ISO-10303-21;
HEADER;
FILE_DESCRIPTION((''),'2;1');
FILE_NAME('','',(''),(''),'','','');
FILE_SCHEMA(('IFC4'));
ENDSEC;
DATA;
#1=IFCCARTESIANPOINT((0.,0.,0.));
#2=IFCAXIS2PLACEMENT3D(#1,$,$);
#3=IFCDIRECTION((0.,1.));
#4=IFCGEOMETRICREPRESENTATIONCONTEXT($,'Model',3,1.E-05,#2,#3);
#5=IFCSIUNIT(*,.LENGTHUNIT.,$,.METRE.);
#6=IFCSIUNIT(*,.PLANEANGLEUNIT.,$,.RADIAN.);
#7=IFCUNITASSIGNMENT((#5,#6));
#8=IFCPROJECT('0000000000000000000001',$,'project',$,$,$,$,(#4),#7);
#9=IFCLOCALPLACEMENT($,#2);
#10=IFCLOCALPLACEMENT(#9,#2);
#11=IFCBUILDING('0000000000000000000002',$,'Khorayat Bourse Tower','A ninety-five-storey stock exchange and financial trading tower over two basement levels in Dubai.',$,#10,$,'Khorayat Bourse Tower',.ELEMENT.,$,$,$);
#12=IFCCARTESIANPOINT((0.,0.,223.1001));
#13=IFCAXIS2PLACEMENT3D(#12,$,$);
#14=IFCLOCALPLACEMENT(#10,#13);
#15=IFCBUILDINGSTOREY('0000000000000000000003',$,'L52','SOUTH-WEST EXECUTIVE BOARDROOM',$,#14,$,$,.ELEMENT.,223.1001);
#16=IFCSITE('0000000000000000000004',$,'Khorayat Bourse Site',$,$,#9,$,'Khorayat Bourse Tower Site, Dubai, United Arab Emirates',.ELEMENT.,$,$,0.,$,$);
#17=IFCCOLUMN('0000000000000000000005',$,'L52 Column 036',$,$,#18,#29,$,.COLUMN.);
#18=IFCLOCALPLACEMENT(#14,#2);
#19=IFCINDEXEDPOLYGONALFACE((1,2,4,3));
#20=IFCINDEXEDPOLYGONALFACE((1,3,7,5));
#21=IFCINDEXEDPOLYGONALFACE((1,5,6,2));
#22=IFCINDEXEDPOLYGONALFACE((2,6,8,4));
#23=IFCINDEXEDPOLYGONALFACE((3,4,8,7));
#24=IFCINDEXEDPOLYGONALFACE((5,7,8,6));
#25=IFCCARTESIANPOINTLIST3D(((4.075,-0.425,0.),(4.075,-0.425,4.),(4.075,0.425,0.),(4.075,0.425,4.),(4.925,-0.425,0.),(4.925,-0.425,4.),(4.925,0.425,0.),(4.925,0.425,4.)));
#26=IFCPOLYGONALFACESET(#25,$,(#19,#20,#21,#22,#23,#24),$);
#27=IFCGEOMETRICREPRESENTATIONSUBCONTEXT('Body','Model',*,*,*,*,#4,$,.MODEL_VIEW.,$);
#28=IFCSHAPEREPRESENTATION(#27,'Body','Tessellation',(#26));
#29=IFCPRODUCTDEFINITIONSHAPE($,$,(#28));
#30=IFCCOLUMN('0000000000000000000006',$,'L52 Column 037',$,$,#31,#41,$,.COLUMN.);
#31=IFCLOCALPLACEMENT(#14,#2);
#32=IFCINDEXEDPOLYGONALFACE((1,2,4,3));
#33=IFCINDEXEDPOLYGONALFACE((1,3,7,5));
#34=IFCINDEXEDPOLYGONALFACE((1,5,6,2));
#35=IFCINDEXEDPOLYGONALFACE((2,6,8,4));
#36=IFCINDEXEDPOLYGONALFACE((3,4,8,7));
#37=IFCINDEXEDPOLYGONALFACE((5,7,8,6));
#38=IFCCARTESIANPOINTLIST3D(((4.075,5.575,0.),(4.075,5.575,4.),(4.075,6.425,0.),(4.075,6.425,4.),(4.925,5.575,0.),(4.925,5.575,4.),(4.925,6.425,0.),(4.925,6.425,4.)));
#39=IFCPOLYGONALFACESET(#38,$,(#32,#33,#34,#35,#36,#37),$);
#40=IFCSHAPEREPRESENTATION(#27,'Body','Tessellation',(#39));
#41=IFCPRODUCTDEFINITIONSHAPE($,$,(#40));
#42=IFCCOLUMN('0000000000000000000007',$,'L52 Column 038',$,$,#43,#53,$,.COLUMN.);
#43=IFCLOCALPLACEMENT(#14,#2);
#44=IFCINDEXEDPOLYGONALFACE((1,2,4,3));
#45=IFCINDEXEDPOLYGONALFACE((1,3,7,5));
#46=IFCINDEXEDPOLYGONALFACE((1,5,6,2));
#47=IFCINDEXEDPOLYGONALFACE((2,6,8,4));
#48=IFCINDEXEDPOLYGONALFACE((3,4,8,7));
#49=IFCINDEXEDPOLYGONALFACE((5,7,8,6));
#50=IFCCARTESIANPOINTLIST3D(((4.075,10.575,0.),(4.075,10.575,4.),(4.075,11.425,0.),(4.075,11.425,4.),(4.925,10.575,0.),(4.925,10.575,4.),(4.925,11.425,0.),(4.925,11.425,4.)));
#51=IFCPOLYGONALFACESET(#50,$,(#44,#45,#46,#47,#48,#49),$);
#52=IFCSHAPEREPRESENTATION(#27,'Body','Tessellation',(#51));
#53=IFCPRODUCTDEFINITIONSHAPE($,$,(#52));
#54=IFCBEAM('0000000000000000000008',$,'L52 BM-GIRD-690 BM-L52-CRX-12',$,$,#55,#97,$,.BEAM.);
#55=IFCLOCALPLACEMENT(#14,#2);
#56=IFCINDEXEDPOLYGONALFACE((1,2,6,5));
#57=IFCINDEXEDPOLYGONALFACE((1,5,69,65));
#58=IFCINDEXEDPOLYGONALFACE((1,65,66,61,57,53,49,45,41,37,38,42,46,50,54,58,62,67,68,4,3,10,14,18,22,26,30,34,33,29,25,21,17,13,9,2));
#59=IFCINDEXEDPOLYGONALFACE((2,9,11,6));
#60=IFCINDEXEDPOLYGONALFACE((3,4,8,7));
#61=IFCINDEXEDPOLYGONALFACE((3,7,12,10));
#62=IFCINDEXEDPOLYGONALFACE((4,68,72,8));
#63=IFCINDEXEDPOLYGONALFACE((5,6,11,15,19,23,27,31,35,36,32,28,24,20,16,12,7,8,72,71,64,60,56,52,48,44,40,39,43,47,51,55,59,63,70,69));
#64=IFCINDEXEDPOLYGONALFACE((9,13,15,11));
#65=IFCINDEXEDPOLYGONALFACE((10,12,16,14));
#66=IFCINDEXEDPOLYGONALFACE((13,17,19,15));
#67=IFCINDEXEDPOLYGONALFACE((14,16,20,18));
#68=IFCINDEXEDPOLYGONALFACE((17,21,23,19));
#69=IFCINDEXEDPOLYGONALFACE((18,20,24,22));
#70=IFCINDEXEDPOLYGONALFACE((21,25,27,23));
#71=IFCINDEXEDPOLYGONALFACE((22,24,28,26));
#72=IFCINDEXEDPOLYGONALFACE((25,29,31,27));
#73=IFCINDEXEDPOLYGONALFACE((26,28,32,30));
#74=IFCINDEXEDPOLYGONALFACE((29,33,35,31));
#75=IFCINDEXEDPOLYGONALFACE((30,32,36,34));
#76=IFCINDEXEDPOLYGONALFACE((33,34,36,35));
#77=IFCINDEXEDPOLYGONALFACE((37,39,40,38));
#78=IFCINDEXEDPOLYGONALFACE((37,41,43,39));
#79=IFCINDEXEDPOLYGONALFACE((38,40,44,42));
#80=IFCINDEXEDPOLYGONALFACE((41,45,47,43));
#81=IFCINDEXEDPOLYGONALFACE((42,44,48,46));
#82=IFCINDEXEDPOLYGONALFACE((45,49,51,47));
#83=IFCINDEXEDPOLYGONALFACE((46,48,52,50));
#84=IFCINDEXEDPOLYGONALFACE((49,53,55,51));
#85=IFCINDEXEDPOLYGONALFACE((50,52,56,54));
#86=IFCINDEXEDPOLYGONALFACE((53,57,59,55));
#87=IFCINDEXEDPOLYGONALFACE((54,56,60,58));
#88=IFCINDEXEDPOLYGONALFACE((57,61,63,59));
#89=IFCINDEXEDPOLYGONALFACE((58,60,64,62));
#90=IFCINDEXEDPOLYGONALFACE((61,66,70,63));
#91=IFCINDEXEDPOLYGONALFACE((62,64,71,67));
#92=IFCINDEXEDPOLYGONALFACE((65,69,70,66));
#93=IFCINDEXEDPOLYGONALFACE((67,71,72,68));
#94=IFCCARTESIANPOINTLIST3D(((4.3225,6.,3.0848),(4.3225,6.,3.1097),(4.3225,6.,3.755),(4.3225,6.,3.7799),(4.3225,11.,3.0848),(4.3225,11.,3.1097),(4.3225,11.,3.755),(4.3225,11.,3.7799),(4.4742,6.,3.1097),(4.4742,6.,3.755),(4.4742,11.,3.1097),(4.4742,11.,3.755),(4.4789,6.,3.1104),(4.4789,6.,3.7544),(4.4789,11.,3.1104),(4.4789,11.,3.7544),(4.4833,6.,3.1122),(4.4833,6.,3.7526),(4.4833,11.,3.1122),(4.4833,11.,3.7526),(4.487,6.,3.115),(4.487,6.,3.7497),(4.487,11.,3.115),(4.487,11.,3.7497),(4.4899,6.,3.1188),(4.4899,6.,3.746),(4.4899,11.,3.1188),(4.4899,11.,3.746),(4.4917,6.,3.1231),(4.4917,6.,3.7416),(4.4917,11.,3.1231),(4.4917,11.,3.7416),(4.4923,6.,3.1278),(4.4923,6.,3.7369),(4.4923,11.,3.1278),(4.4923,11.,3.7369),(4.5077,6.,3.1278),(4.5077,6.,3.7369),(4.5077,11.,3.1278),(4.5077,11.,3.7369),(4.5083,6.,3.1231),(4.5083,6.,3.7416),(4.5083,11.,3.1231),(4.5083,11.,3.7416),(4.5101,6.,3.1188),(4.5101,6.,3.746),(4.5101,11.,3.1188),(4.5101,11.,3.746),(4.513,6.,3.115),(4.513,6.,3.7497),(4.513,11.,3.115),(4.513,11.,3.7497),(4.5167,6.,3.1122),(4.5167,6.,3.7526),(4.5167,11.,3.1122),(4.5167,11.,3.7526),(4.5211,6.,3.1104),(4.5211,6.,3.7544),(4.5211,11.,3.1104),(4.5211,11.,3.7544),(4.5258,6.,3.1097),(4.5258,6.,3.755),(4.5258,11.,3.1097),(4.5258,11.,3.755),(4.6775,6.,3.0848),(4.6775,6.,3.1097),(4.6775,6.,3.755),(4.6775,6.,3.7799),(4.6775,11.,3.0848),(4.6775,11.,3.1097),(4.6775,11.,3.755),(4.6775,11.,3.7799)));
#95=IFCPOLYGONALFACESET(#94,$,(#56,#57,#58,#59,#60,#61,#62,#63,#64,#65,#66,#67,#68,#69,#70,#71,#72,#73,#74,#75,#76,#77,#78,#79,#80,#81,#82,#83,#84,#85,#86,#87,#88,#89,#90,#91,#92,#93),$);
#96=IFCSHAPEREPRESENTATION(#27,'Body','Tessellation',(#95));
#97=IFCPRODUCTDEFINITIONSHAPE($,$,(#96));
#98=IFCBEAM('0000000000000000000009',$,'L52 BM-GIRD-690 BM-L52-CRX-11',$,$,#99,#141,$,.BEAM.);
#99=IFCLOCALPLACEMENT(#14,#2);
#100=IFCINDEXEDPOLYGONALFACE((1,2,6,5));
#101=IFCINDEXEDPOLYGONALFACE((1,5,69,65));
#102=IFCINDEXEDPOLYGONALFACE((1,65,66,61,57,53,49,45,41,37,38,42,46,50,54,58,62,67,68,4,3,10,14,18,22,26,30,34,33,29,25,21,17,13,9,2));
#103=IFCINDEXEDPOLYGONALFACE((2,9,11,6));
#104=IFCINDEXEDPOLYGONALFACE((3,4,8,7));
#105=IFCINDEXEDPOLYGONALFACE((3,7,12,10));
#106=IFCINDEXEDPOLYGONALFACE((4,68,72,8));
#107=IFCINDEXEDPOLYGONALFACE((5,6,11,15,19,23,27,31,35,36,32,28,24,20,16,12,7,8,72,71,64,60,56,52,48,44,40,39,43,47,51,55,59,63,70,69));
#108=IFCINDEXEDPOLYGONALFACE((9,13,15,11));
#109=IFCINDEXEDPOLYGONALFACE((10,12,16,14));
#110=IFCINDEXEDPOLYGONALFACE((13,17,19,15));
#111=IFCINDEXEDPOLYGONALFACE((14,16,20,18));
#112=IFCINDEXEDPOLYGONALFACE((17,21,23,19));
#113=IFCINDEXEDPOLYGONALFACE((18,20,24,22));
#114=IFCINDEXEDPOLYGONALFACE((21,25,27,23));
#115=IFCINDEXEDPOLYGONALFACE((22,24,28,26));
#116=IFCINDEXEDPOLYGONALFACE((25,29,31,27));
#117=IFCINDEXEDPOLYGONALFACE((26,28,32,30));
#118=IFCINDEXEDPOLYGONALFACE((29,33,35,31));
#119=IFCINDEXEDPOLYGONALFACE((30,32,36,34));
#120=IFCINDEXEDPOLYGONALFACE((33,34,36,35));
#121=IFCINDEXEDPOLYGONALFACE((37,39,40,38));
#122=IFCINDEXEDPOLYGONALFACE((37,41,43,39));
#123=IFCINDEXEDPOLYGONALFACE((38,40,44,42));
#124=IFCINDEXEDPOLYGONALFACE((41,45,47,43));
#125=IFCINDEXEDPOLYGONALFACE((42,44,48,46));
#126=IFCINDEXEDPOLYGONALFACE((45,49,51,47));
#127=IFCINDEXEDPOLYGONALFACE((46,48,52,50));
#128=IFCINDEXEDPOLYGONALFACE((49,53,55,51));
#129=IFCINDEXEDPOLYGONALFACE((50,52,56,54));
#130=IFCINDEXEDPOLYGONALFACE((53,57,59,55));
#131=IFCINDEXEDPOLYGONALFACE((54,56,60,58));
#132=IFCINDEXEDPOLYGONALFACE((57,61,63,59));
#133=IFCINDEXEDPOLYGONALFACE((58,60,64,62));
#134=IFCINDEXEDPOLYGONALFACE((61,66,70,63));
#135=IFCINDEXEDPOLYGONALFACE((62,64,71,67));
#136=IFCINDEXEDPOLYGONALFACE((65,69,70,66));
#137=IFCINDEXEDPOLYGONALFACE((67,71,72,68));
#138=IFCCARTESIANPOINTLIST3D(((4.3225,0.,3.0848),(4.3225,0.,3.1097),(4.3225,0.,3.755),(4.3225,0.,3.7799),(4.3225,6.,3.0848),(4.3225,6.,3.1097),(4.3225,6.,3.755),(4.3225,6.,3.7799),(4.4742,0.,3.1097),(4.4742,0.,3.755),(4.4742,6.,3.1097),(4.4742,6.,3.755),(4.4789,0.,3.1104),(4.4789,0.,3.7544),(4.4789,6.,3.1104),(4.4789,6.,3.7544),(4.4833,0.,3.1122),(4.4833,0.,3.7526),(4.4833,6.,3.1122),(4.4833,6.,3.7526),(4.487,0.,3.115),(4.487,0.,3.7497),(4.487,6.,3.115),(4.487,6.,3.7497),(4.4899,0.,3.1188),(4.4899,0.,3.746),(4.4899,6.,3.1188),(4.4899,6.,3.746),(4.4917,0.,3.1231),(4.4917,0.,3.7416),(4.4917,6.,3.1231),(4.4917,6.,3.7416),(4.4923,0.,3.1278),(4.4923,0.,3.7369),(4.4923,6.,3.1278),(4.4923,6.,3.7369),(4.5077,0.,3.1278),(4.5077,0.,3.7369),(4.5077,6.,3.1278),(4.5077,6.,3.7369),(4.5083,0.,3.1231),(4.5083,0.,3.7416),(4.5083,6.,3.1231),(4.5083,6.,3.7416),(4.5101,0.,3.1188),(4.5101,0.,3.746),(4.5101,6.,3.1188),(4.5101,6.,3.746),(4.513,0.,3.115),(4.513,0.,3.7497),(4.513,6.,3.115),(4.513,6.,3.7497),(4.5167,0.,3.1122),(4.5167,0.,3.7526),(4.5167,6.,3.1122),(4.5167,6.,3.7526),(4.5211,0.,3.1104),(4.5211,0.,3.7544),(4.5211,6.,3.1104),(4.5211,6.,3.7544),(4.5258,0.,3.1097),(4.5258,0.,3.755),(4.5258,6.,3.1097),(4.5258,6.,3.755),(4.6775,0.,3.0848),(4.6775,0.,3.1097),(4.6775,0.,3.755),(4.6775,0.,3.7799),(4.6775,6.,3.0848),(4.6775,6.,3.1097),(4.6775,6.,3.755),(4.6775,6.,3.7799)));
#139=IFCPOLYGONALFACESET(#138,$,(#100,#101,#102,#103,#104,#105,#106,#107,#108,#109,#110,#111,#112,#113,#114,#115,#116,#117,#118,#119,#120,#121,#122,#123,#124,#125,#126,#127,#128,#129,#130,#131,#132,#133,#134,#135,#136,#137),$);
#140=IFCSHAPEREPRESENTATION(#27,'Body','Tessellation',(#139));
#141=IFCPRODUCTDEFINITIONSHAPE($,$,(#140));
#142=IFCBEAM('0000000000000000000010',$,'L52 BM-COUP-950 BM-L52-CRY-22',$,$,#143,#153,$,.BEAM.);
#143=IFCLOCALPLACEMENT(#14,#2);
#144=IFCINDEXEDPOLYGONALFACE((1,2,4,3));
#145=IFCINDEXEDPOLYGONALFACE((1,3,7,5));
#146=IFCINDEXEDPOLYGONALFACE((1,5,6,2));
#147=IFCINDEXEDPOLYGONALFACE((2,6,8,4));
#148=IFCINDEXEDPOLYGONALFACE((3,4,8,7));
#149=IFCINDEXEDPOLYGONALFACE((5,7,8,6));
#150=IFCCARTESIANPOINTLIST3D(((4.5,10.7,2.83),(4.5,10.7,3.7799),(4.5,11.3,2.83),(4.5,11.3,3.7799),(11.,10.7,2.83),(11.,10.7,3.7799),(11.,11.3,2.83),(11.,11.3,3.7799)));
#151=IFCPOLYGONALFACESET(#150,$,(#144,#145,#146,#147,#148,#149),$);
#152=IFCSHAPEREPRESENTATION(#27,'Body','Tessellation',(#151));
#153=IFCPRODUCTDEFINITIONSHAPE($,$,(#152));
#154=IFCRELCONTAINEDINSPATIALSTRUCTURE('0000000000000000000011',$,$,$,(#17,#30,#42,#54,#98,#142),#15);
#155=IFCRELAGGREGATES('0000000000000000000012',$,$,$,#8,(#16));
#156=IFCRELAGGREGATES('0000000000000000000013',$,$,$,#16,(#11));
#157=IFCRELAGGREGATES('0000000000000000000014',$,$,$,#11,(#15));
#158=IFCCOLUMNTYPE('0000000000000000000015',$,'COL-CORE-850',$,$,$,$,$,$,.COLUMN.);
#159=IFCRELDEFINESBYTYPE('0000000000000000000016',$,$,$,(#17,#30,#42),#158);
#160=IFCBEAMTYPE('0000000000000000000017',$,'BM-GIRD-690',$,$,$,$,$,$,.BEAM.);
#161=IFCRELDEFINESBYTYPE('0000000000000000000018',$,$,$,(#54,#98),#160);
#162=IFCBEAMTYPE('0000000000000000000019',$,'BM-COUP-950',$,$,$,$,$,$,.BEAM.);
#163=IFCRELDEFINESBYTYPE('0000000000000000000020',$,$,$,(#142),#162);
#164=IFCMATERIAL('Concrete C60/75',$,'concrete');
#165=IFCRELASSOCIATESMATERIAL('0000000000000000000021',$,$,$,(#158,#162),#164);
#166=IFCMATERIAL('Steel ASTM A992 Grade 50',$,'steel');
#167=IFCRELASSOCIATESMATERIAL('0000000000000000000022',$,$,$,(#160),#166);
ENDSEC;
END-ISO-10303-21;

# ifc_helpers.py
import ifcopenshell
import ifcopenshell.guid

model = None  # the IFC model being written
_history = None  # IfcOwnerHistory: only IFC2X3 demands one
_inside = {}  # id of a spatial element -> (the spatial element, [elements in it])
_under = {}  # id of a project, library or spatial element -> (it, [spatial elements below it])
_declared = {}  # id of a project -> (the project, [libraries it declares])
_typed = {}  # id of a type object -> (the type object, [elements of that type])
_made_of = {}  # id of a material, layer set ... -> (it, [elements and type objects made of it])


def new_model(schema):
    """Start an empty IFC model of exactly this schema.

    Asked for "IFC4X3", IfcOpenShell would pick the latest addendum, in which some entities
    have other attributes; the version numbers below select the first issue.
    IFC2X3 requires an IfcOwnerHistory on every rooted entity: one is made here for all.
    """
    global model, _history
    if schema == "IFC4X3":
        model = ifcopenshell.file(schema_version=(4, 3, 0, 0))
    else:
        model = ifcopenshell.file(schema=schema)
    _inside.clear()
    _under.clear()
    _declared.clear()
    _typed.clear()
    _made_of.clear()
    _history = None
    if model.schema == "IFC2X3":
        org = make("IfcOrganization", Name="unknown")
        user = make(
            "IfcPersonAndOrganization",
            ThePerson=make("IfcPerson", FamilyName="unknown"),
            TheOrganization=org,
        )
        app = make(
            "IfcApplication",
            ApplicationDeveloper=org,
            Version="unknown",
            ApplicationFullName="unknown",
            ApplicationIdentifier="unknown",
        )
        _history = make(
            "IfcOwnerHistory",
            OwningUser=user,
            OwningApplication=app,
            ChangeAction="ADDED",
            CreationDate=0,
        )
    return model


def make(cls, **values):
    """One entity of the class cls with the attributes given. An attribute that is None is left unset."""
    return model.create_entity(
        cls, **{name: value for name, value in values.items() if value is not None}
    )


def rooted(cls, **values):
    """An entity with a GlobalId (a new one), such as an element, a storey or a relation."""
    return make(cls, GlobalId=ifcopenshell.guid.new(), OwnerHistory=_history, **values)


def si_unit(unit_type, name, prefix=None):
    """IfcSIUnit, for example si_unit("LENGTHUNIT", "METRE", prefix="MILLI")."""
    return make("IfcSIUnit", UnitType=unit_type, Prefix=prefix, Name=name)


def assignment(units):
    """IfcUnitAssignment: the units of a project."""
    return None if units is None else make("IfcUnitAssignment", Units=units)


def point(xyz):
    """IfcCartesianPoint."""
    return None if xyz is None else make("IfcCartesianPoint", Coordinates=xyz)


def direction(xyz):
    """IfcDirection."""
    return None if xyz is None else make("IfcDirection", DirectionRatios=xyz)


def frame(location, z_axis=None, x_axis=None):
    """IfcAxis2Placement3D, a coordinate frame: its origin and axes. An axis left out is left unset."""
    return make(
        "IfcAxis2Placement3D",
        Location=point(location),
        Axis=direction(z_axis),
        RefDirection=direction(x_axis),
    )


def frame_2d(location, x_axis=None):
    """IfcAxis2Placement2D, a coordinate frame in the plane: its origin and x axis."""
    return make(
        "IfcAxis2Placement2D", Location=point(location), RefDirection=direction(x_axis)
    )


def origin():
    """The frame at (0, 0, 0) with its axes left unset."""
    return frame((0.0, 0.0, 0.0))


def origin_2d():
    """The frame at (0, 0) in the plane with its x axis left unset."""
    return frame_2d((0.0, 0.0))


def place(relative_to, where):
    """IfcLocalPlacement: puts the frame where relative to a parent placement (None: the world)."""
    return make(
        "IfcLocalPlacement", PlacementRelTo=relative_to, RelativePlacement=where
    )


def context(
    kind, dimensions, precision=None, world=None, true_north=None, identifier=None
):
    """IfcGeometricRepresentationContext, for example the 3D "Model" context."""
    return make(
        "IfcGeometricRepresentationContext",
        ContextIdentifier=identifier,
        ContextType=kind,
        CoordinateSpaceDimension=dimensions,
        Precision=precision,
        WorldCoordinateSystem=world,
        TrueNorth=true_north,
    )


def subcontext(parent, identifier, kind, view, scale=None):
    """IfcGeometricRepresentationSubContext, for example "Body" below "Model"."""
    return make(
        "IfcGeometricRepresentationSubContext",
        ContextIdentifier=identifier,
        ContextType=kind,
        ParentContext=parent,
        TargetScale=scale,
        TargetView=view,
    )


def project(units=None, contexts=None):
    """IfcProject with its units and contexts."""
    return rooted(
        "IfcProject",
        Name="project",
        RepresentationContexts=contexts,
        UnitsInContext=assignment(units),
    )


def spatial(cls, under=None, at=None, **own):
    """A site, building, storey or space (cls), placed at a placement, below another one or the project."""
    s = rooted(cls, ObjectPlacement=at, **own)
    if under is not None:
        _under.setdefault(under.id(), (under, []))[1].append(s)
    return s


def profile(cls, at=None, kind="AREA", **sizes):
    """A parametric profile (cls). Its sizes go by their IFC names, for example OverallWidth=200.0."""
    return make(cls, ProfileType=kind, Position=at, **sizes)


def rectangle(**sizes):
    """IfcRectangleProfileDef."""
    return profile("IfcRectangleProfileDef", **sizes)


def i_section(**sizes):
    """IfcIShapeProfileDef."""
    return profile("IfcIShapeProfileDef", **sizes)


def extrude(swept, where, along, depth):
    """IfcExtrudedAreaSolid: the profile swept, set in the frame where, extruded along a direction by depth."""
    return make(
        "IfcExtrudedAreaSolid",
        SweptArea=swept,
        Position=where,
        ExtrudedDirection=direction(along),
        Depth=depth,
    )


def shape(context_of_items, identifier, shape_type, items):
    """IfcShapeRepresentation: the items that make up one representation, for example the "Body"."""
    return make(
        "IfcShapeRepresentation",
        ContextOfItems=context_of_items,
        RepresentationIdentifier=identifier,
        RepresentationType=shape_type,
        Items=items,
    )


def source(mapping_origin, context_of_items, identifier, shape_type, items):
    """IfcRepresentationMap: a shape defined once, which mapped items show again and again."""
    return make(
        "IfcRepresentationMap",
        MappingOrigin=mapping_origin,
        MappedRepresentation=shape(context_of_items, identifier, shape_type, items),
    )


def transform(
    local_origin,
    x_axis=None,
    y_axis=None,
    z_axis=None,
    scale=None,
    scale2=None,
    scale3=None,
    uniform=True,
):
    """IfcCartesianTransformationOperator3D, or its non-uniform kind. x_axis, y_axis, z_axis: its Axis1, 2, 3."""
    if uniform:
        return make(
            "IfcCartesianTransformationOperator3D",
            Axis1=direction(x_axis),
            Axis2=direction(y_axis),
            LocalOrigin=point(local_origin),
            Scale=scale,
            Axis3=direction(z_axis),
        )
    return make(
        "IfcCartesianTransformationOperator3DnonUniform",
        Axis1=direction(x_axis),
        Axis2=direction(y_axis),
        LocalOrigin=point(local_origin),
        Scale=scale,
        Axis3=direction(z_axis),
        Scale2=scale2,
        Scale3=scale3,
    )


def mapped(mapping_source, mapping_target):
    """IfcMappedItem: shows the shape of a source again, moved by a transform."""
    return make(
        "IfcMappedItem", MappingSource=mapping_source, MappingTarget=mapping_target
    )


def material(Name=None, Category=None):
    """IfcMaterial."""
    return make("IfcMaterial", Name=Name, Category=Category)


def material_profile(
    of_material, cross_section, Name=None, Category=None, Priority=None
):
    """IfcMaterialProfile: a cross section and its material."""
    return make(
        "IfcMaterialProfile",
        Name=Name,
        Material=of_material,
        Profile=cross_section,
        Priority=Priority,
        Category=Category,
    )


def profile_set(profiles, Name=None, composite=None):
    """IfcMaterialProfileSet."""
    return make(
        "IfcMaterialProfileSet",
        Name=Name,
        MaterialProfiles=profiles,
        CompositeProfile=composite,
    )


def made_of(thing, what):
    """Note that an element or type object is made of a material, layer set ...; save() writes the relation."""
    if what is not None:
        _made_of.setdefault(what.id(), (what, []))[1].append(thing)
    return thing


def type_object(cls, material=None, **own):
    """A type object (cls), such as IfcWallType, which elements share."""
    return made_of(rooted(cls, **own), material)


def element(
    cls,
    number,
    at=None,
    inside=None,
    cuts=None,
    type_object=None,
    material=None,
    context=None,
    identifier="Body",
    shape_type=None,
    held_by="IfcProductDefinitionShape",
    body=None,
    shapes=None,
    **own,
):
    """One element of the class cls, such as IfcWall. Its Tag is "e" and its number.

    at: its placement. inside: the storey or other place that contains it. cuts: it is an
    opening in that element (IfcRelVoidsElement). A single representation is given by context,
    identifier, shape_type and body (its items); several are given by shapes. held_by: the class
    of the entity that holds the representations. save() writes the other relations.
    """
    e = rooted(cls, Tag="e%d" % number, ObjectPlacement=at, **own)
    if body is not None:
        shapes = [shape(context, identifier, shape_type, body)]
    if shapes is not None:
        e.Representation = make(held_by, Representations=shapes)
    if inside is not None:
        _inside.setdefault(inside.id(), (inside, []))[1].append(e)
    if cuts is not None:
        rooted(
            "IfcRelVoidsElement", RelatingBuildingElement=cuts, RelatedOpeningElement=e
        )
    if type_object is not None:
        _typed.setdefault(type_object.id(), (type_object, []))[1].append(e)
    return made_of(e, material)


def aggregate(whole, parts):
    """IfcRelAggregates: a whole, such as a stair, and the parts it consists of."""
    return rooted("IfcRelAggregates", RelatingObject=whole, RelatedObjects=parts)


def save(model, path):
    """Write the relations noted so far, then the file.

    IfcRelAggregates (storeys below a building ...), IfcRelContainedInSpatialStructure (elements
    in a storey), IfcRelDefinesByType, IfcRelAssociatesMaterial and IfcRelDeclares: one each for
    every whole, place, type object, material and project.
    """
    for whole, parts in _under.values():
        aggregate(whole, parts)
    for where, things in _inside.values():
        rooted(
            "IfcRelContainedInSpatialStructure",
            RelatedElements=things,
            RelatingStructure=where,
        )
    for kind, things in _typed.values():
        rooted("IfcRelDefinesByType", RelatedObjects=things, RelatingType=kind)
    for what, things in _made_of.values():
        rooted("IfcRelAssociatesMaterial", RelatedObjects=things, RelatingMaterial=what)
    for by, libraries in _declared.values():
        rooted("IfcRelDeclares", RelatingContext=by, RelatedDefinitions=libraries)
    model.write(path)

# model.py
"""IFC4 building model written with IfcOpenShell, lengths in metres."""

from ifc_helpers import new_model, si_unit, direction, frame, origin, origin_2d, place, context, subcontext, project, spatial, rectangle, i_section, extrude, source, transform, mapped, material, material_profile, profile_set, type_object, element, save


model = new_model("IFC4")

# Units and contexts
model_context = context("Model", 3, precision=1e-05, world=origin(), true_north=direction((0.0, 1.0)))
body_context = subcontext(model_context, "Body", "Model", "MODEL_VIEW")
ifc_project = project(units=[si_unit("LENGTHUNIT", "METRE"), si_unit("PLANEANGLEUNIT", "RADIAN")], contexts=[model_context])

# Site, building, storey
site_placement = place(None, origin())
site = spatial("IfcSite", under=ifc_project, at=site_placement, Name="Khorayat Bourse Site", LongName="Khorayat Bourse Tower Site, Dubai, United Arab Emirates", CompositionType="ELEMENT", RefElevation=0.0)
building_placement = place(site_placement, origin())
building = spatial("IfcBuilding", under=site, at=building_placement, Name="Khorayat Bourse Tower", Description="A ninety-five-storey stock exchange and financial trading tower over two basement levels in Dubai.", LongName="Khorayat Bourse Tower", CompositionType="ELEMENT")
storey_placement = place(building_placement, frame((0.0, 0.0, 223.1001)))
storey = spatial("IfcBuildingStorey", under=building, at=storey_placement, Name="L52", Description="SOUTH-WEST EXECUTIVE BOARDROOM", CompositionType="ELEMENT", Elevation=223.1001)

# Columns
ifc_material_1 = material(Name="Concrete C60/75", Category="concrete")
ifc_material_profile_1 = material_profile(ifc_material_1, rectangle(XDim=0.8501, YDim=0.8501, at=origin_2d()), Name="RC 850x850")
ifc_profile_set_1 = profile_set([ifc_material_profile_1], Name="Concrete C60/75")
column_type = type_object("IfcColumnType", Name="COL-CORE-850", PredefinedType="COLUMN", material=ifc_profile_set_1)
shared_shape_1 = source(origin(), body_context, "Body", "SweptSolid", [
    extrude(rectangle(XDim=0.8501, YDim=0.8501, at=origin_2d()), origin(), (0.0, 0.0, 1.0), 4.0),
])
for number, where, z_axis, x_axis, name in (
    (1, (4.5, 0.0, 0.0), (0.0, 0.0, 1.0), (1.0, 0.0, 0.0), "L52 Column 036"),
    (2, (4.5, 6.0, 0.0), (0.0, 0.0, 1.0), (1.0, 0.0, 0.0), "L52 Column 037"),
    (3, (4.5, 11.0, 0.0), (0.0, 0.0, 1.0), (1.0, 0.0, 0.0), "L52 Column 038"),
):
    element("IfcColumn", number, at=place(storey_placement, frame(where, z_axis=z_axis, x_axis=x_axis)), inside=storey, type_object=column_type, Name=name, PredefinedType="COLUMN", context=body_context, shape_type="MappedRepresentation", body=[
        mapped(shared_shape_1, transform((0.0, 0.0, 0.0), scale=1.0)),
    ])

# Beams
ifc_material_2 = material(Name="Steel ASTM A992 Grade 50", Category="steel")
ifc_material_profile_2 = material_profile(ifc_material_2, i_section(OverallWidth=0.355, OverallDepth=0.6951, WebThickness=0.0154, FlangeThickness=0.0249, FilletRadius=0.0181, at=origin_2d()), Name="W690X217")
ifc_profile_set_2 = profile_set([ifc_material_profile_2], Name="Steel ASTM A992 Grade 50")
beam_type_1 = type_object("IfcBeamType", Name="BM-GIRD-690", PredefinedType="BEAM", material=ifc_profile_set_2)
shared_shape_2 = source(origin(), body_context, "Body", "SweptSolid", [
    extrude(i_section(OverallWidth=0.355, OverallDepth=0.6951, WebThickness=0.0154, FlangeThickness=0.0249, FilletRadius=0.0181, at=origin_2d()), origin(), (0.0, 0.0, 1.0), 5.0),
])
beam_1_placement = place(storey_placement, frame((4.5, 6.0, 3.4324), z_axis=(0.0, 1.0, 0.0), x_axis=(-1.0, 0.0, 0.0)))
element("IfcBeam", 4, at=beam_1_placement, inside=storey, type_object=beam_type_1, Name="L52 BM-GIRD-690 BM-L52-CRX-12", PredefinedType="BEAM", context=body_context, shape_type="MappedRepresentation", body=[
    mapped(shared_shape_2, transform((0.0, 0.0, 0.0), scale=1.0)),
])
shared_shape_3 = source(origin(), body_context, "Body", "SweptSolid", [
    extrude(i_section(OverallWidth=0.355, OverallDepth=0.6951, WebThickness=0.0154, FlangeThickness=0.0249, FilletRadius=0.0181, at=origin_2d()), origin(), (0.0, 0.0, 1.0), 6.0),
])
beam_2_placement = place(storey_placement, frame((4.5, 0.0, 3.4324), z_axis=(0.0, 1.0, 0.0), x_axis=(-1.0, 0.0, 0.0)))
element("IfcBeam", 5, at=beam_2_placement, inside=storey, type_object=beam_type_1, Name="L52 BM-GIRD-690 BM-L52-CRX-11", PredefinedType="BEAM", context=body_context, shape_type="MappedRepresentation", body=[
    mapped(shared_shape_3, transform((0.0, 0.0, 0.0), scale=1.0)),
])
ifc_material_profile_3 = material_profile(ifc_material_1, rectangle(XDim=0.6001, YDim=0.95, at=origin_2d()), Name="RC 600x950")
ifc_profile_set_3 = profile_set([ifc_material_profile_3], Name="Concrete C60/75")
beam_type_2 = type_object("IfcBeamType", Name="BM-COUP-950", PredefinedType="BEAM", material=ifc_profile_set_3)
shared_shape_4 = source(origin(), body_context, "Body", "SweptSolid", [
    extrude(rectangle(XDim=0.6001, YDim=0.95, at=origin_2d()), origin(), (0.0, 0.0, 1.0), 6.5),
])
beam_3_placement = place(storey_placement, frame((4.5, 11.0, 3.3049), z_axis=(1.0, 0.0, 0.0), x_axis=(0.0, 1.0, 0.0)))
element("IfcBeam", 6, at=beam_3_placement, inside=storey, type_object=beam_type_2, Name="L52 BM-COUP-950 BM-L52-CRY-22", PredefinedType="BEAM", context=body_context, shape_type="MappedRepresentation", body=[
    mapped(shared_shape_4, transform((0.0, 0.0, 0.0), scale=1.0)),
])

save(model, "model.ifc")
